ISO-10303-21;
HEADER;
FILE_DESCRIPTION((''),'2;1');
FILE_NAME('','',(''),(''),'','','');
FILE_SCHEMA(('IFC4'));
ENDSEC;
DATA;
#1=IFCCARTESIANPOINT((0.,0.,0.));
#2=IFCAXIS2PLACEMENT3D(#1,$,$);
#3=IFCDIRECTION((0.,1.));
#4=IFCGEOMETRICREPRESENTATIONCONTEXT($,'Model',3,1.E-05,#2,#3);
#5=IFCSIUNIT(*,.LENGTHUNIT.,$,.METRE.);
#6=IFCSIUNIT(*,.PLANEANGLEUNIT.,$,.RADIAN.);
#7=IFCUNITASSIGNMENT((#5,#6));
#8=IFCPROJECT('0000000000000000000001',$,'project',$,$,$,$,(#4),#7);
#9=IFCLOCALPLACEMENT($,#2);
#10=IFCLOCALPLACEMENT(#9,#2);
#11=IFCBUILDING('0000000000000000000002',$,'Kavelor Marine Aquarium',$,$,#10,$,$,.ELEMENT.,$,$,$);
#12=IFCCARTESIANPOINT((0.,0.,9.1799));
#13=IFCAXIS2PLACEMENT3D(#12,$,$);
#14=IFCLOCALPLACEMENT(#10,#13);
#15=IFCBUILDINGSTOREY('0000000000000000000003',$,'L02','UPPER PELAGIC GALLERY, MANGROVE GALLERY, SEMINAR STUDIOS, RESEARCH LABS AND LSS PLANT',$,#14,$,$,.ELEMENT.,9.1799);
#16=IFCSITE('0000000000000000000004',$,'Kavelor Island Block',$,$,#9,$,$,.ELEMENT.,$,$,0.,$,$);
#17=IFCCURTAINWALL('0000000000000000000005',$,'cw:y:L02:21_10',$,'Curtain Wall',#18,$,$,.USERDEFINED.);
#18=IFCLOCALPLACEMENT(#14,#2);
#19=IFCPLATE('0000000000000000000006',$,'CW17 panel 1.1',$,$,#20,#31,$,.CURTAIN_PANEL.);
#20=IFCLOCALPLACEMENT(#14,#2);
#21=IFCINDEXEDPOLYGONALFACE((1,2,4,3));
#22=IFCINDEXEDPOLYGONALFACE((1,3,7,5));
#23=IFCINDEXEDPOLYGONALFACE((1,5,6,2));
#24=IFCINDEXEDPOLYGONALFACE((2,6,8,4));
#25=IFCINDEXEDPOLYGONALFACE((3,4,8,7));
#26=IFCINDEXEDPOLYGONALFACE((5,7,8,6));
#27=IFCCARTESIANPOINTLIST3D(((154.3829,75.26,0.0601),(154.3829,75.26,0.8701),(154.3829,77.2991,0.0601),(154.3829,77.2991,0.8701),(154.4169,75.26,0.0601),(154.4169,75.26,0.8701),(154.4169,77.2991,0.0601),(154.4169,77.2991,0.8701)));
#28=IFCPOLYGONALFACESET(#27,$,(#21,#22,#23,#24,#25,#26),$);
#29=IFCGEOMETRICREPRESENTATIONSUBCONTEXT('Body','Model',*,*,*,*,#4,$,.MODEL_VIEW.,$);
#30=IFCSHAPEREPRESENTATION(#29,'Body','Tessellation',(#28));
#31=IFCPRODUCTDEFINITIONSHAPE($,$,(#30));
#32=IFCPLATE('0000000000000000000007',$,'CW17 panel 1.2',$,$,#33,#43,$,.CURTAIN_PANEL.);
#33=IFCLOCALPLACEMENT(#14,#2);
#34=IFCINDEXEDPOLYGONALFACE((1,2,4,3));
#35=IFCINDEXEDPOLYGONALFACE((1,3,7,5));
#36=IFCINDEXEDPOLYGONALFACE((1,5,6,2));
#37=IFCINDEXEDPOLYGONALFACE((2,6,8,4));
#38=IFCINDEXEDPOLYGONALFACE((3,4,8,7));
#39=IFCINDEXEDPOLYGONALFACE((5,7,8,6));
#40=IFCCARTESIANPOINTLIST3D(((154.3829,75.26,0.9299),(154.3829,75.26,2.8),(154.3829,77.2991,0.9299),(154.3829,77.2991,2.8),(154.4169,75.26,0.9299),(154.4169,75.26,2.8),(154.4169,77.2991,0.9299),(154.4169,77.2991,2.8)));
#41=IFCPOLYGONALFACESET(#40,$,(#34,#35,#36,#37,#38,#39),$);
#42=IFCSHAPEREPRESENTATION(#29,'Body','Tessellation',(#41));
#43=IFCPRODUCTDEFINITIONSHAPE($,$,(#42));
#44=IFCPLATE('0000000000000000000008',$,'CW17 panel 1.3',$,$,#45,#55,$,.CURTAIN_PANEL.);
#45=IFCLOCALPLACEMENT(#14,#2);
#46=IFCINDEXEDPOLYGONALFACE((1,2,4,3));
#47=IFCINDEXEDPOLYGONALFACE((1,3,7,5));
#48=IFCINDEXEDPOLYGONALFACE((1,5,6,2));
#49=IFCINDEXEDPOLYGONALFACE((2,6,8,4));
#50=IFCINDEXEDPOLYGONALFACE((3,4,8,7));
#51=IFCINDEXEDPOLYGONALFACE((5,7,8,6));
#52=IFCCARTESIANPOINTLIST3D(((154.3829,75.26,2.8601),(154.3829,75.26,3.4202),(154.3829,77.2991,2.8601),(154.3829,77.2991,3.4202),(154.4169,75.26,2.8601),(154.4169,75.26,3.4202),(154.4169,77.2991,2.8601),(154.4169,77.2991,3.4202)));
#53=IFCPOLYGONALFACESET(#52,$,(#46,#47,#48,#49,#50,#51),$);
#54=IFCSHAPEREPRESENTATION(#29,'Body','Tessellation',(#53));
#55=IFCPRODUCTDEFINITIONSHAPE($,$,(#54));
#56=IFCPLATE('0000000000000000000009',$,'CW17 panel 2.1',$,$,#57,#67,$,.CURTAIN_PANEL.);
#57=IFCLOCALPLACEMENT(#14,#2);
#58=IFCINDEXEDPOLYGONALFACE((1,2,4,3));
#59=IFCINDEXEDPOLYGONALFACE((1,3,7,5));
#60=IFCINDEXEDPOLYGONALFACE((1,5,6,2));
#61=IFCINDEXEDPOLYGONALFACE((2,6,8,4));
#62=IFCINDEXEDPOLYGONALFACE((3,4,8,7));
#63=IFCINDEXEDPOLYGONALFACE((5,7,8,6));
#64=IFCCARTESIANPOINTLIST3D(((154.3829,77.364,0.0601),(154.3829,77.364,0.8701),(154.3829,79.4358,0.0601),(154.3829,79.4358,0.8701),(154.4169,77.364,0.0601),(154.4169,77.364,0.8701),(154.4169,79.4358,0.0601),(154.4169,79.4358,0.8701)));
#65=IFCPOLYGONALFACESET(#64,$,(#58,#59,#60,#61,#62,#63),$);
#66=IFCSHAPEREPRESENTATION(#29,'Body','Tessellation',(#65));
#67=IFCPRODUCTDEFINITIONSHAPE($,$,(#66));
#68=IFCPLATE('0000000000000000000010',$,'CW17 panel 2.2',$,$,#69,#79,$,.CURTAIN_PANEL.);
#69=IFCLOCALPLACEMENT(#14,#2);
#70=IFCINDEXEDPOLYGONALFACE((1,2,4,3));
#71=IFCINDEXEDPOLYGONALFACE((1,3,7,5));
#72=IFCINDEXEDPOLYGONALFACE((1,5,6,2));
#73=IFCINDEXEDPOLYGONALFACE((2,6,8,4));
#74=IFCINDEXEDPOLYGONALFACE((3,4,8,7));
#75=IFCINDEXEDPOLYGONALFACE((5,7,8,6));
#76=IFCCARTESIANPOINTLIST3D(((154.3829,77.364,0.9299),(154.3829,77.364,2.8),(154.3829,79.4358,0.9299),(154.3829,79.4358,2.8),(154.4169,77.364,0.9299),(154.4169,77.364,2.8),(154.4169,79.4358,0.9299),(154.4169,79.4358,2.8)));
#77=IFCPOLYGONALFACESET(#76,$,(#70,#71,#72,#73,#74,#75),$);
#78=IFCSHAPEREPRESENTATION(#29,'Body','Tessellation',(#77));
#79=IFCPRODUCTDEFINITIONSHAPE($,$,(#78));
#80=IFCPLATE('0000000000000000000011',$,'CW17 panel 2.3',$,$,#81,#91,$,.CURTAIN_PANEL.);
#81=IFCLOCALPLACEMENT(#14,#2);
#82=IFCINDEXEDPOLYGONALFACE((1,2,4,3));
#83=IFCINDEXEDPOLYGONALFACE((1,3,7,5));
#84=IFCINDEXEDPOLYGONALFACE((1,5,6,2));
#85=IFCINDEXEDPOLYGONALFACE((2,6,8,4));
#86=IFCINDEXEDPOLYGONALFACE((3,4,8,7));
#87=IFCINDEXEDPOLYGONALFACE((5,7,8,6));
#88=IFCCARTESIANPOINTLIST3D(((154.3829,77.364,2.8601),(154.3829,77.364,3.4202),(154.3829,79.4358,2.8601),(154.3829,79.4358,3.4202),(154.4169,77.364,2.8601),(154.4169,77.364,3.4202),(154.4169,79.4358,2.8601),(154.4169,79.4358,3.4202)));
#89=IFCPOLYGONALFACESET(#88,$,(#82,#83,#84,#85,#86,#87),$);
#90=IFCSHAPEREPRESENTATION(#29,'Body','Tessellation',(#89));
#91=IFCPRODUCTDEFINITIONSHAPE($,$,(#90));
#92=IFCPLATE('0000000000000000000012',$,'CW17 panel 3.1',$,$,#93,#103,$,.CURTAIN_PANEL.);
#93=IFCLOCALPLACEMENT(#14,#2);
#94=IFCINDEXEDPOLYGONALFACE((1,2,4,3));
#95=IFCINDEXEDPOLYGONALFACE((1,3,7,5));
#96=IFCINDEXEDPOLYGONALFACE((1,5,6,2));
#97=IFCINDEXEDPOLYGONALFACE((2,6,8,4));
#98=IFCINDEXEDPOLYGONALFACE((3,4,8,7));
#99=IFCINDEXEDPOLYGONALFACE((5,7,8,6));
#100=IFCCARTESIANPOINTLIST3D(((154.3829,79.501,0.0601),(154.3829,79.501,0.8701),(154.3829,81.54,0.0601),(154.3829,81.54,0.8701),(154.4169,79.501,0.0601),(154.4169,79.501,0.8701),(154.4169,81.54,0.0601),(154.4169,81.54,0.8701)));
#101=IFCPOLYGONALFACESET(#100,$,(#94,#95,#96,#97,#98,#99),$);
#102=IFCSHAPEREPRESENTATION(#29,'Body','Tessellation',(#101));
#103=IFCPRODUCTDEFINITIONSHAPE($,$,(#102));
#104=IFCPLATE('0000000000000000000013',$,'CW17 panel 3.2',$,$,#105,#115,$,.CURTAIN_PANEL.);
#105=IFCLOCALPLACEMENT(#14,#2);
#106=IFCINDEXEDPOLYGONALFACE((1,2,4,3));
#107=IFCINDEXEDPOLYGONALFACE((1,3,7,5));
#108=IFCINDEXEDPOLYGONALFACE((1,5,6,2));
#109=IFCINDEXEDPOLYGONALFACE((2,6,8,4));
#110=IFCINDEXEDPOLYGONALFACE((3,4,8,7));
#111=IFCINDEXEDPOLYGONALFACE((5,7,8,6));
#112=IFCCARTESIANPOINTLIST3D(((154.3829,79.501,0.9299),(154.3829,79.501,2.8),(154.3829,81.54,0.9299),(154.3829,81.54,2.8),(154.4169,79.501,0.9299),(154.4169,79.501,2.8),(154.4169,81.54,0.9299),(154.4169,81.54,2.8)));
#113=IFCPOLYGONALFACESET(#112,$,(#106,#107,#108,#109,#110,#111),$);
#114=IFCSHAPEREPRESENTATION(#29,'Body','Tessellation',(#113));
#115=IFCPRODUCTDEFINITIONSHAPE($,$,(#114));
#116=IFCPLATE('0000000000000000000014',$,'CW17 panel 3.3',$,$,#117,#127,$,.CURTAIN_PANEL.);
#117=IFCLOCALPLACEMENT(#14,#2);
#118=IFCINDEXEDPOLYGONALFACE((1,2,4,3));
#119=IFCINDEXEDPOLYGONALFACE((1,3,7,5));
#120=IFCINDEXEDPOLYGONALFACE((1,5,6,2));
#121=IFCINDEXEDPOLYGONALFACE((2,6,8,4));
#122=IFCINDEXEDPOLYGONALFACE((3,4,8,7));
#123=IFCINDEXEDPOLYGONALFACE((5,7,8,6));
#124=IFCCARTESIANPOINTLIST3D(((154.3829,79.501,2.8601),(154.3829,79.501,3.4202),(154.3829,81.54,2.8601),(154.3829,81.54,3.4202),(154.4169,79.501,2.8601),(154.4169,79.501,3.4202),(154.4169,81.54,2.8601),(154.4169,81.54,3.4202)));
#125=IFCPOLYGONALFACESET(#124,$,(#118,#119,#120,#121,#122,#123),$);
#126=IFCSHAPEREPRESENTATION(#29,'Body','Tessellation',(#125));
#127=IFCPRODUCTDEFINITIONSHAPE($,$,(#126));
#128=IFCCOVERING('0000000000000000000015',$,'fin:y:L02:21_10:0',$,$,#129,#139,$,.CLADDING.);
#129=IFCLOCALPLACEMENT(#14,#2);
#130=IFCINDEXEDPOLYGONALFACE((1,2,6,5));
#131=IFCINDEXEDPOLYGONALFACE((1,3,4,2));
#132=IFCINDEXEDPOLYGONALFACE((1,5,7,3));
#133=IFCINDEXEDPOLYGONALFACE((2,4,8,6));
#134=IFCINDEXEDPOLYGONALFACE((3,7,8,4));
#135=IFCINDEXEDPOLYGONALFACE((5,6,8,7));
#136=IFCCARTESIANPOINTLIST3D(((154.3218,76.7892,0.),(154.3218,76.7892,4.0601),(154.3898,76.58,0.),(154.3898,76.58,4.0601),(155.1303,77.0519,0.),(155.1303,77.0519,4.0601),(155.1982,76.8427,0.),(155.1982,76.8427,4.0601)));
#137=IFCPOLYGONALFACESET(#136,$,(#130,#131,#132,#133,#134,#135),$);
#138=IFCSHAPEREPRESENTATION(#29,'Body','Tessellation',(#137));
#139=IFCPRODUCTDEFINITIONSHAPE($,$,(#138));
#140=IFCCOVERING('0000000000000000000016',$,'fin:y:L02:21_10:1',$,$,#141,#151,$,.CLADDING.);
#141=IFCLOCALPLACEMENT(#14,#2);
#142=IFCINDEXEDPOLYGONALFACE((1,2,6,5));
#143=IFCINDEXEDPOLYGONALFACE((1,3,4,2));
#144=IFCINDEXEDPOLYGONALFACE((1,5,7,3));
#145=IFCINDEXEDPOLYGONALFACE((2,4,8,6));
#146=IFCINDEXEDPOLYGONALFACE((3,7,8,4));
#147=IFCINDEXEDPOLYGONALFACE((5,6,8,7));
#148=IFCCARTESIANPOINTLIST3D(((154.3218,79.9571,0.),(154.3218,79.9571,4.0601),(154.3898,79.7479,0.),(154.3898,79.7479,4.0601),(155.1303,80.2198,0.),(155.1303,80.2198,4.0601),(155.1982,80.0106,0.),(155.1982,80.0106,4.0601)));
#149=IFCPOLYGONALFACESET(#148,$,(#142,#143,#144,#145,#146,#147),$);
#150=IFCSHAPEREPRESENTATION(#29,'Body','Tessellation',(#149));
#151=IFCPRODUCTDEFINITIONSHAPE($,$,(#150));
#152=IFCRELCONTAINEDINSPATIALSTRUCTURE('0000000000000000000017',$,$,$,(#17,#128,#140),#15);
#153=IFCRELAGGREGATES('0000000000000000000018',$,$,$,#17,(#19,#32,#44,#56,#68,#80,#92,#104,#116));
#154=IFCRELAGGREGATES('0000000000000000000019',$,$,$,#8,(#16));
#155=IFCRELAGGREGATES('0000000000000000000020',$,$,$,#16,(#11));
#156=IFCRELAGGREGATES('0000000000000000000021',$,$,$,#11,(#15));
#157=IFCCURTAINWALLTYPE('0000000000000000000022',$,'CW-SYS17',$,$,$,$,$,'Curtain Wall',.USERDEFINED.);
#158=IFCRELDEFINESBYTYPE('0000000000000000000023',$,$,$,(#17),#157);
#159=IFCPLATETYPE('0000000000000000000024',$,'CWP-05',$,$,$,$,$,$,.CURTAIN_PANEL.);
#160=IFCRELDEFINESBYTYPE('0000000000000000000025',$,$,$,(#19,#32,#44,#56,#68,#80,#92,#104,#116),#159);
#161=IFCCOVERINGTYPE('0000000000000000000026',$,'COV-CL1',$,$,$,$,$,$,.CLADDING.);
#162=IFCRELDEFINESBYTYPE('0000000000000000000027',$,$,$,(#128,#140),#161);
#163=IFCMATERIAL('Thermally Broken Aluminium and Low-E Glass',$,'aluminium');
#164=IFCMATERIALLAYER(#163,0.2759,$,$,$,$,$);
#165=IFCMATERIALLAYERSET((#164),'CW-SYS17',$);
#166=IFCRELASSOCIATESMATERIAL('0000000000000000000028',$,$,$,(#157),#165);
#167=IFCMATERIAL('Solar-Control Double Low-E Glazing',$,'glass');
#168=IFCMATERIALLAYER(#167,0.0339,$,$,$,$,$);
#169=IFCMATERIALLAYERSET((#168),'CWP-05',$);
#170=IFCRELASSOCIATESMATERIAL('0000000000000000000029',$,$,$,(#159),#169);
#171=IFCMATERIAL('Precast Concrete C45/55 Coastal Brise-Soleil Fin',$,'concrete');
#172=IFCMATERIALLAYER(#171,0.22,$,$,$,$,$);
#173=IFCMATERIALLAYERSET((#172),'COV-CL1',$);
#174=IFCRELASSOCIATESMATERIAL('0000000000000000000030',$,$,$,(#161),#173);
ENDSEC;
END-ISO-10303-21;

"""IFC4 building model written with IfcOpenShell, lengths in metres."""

from ifc_helpers import new_model, si_unit, direction, frame, origin, origin_2d, place, context, subcontext, project, spatial, rectangle, extrude, material, layer, layer_set, type_object, element, aggregate, save


model = new_model("IFC4")

# Units and contexts
model_context = context("Model", 3, precision=1e-05, world=origin(), true_north=direction((0.0, 1.0)))
body_context = subcontext(model_context, "Body", "Model", "MODEL_VIEW")
ifc_project = project(units=[si_unit("LENGTHUNIT", "METRE"), si_unit("PLANEANGLEUNIT", "RADIAN")], contexts=[model_context])

# Site, building, storey
site_placement = place(None, origin())
site = spatial("IfcSite", under=ifc_project, at=site_placement, Name="Kavelor Island Block", CompositionType="ELEMENT", RefElevation=0.0)
building_placement = place(site_placement, origin())
building = spatial("IfcBuilding", under=site, at=building_placement, Name="Kavelor Marine Aquarium", CompositionType="ELEMENT")
storey_placement = place(building_placement, frame((0.0, 0.0, 9.1799)))
storey = spatial("IfcBuildingStorey", under=building, at=storey_placement, Name="L02", Description="UPPER PELAGIC GALLERY, MANGROVE GALLERY, SEMINAR STUDIOS, RESEARCH LABS AND LSS PLANT", CompositionType="ELEMENT", Elevation=9.1799)

# Curtain wall, plates
ifc_material_1 = material(Name="Thermally Broken Aluminium and Low-E Glass", Category="aluminium")
ifc_layer_1 = layer(ifc_material_1, 0.2759)
ifc_layer_set_1 = layer_set([ifc_layer_1], Name="CW-SYS17")
curtain_wall_type = type_object("IfcCurtainWallType", Name="CW-SYS17", ElementType="Curtain Wall", PredefinedType="USERDEFINED", material=ifc_layer_set_1)
curtain_wall_placement = place(storey_placement, origin())
curtain_wall = element("IfcCurtainWall", 1, at=curtain_wall_placement, inside=storey, type_object=curtain_wall_type, Name="cw:y:L02:21_10", ObjectType="Curtain Wall", PredefinedType="USERDEFINED")
ifc_material_2 = material(Name="Solar-Control Double Low-E Glazing", Category="glass")
ifc_layer_2 = layer(ifc_material_2, 0.0339)
ifc_layer_set_2 = layer_set([ifc_layer_2], Name="CWP-05")
plate_type = type_object("IfcPlateType", Name="CWP-05", PredefinedType="CURTAIN_PANEL", material=ifc_layer_set_2)
plate_1_placement = place(storey_placement, frame((154.3999, 76.2795, 0.0601), z_axis=(0.0, 0.0, 1.0), x_axis=(0.0, 1.0, 0.0)))
plate_1 = element("IfcPlate", 2, at=plate_1_placement, type_object=plate_type, Name="CW17 panel 1.1", PredefinedType="CURTAIN_PANEL", context=body_context, shape_type="SweptSolid", body=[
    extrude(rectangle(XDim=2.0391, YDim=0.0339, at=origin_2d()), origin(), (0.0, 0.0, 1.0), 0.8101),
])
plate_2_placement = place(storey_placement, frame((154.3999, 76.2795, 0.9299), z_axis=(0.0, 0.0, 1.0), x_axis=(0.0, 1.0, 0.0)))
plate_2 = element("IfcPlate", 3, at=plate_2_placement, type_object=plate_type, Name="CW17 panel 1.2", PredefinedType="CURTAIN_PANEL", context=body_context, shape_type="SweptSolid", body=[
    extrude(rectangle(XDim=2.0391, YDim=0.0339, at=origin_2d()), origin(), (0.0, 0.0, 1.0), 1.8701),
])
plate_3_placement = place(storey_placement, frame((154.3999, 76.2795, 2.8601), z_axis=(0.0, 0.0, 1.0), x_axis=(0.0, 1.0, 0.0)))
plate_3 = element("IfcPlate", 4, at=plate_3_placement, type_object=plate_type, Name="CW17 panel 1.3", PredefinedType="CURTAIN_PANEL", context=body_context, shape_type="SweptSolid", body=[
    extrude(rectangle(XDim=2.0391, YDim=0.0339, at=origin_2d()), origin(), (0.0, 0.0, 1.0), 0.5601),
])
plate_4_placement = place(storey_placement, frame((154.3999, 78.3999, 0.0601), z_axis=(0.0, 0.0, 1.0), x_axis=(0.0, 1.0, 0.0)))
plate_4 = element("IfcPlate", 5, at=plate_4_placement, type_object=plate_type, Name="CW17 panel 2.1", PredefinedType="CURTAIN_PANEL", context=body_context, shape_type="SweptSolid", body=[
    extrude(rectangle(XDim=2.0718, YDim=0.0339, at=origin_2d()), origin(), (0.0, 0.0, 1.0), 0.8101),
])
plate_5_placement = place(storey_placement, frame((154.3999, 78.3999, 0.9299), z_axis=(0.0, 0.0, 1.0), x_axis=(0.0, 1.0, 0.0)))
plate_5 = element("IfcPlate", 6, at=plate_5_placement, type_object=plate_type, Name="CW17 panel 2.2", PredefinedType="CURTAIN_PANEL", context=body_context, shape_type="SweptSolid", body=[
    extrude(rectangle(XDim=2.0718, YDim=0.0339, at=origin_2d()), origin(), (0.0, 0.0, 1.0), 1.8701),
])
plate_6_placement = place(storey_placement, frame((154.3999, 78.3999, 2.8601), z_axis=(0.0, 0.0, 1.0), x_axis=(0.0, 1.0, 0.0)))
plate_6 = element("IfcPlate", 7, at=plate_6_placement, type_object=plate_type, Name="CW17 panel 2.3", PredefinedType="CURTAIN_PANEL", context=body_context, shape_type="SweptSolid", body=[
    extrude(rectangle(XDim=2.0718, YDim=0.0339, at=origin_2d()), origin(), (0.0, 0.0, 1.0), 0.5601),
])
plate_7_placement = place(storey_placement, frame((154.3999, 80.5205, 0.0601), z_axis=(0.0, 0.0, 1.0), x_axis=(0.0, 1.0, 0.0)))
plate_7 = element("IfcPlate", 8, at=plate_7_placement, type_object=plate_type, Name="CW17 panel 3.1", PredefinedType="CURTAIN_PANEL", context=body_context, shape_type="SweptSolid", body=[
    extrude(rectangle(XDim=2.0391, YDim=0.0339, at=origin_2d()), origin(), (0.0, 0.0, 1.0), 0.8101),
])
plate_8_placement = place(storey_placement, frame((154.3999, 80.5205, 0.9299), z_axis=(0.0, 0.0, 1.0), x_axis=(0.0, 1.0, 0.0)))
plate_8 = element("IfcPlate", 9, at=plate_8_placement, type_object=plate_type, Name="CW17 panel 3.2", PredefinedType="CURTAIN_PANEL", context=body_context, shape_type="SweptSolid", body=[
    extrude(rectangle(XDim=2.0391, YDim=0.0339, at=origin_2d()), origin(), (0.0, 0.0, 1.0), 1.8701),
])
plate_9_placement = place(storey_placement, frame((154.3999, 80.5205, 2.8601), z_axis=(0.0, 0.0, 1.0), x_axis=(0.0, 1.0, 0.0)))
plate_9 = element("IfcPlate", 10, at=plate_9_placement, type_object=plate_type, Name="CW17 panel 3.3", PredefinedType="CURTAIN_PANEL", context=body_context, shape_type="SweptSolid", body=[
    extrude(rectangle(XDim=2.0391, YDim=0.0339, at=origin_2d()), origin(), (0.0, 0.0, 1.0), 0.5601),
])
aggregate(curtain_wall, [plate_1, plate_2, plate_3, plate_4, plate_5, plate_6, plate_7, plate_8, plate_9])

# Coverings
ifc_material_3 = material(Name="Precast Concrete C45/55 Coastal Brise-Soleil Fin", Category="concrete")
ifc_layer_3 = layer(ifc_material_3, 0.22)
ifc_layer_set_3 = layer_set([ifc_layer_3], Name="COV-CL1")
covering_type = type_object("IfcCoveringType", Name="COV-CL1", PredefinedType="CLADDING", material=ifc_layer_set_3)
for number, where, z_axis, x_axis, name in (
    (11, (154.76, 76.8159, 0.0), (0.0, 0.0, 1.0), (0.951057, 0.309017, 0.0), "fin:y:L02:21_10:0"),
    (12, (154.76, 79.9839, 0.0), (0.0, 0.0, 1.0), (0.951057, 0.309017, 0.0), "fin:y:L02:21_10:1"),
):
    element("IfcCovering", number, at=place(storey_placement, frame(where, z_axis=z_axis, x_axis=x_axis)), inside=storey, type_object=covering_type, Name=name, PredefinedType="CLADDING", context=body_context, shape_type="SweptSolid", body=[
        extrude(rectangle(XDim=0.8501, YDim=0.22, at=origin_2d()), origin(), (0.0, 0.0, 1.0), 4.0601),
    ])

save(model, "model.ifc")
